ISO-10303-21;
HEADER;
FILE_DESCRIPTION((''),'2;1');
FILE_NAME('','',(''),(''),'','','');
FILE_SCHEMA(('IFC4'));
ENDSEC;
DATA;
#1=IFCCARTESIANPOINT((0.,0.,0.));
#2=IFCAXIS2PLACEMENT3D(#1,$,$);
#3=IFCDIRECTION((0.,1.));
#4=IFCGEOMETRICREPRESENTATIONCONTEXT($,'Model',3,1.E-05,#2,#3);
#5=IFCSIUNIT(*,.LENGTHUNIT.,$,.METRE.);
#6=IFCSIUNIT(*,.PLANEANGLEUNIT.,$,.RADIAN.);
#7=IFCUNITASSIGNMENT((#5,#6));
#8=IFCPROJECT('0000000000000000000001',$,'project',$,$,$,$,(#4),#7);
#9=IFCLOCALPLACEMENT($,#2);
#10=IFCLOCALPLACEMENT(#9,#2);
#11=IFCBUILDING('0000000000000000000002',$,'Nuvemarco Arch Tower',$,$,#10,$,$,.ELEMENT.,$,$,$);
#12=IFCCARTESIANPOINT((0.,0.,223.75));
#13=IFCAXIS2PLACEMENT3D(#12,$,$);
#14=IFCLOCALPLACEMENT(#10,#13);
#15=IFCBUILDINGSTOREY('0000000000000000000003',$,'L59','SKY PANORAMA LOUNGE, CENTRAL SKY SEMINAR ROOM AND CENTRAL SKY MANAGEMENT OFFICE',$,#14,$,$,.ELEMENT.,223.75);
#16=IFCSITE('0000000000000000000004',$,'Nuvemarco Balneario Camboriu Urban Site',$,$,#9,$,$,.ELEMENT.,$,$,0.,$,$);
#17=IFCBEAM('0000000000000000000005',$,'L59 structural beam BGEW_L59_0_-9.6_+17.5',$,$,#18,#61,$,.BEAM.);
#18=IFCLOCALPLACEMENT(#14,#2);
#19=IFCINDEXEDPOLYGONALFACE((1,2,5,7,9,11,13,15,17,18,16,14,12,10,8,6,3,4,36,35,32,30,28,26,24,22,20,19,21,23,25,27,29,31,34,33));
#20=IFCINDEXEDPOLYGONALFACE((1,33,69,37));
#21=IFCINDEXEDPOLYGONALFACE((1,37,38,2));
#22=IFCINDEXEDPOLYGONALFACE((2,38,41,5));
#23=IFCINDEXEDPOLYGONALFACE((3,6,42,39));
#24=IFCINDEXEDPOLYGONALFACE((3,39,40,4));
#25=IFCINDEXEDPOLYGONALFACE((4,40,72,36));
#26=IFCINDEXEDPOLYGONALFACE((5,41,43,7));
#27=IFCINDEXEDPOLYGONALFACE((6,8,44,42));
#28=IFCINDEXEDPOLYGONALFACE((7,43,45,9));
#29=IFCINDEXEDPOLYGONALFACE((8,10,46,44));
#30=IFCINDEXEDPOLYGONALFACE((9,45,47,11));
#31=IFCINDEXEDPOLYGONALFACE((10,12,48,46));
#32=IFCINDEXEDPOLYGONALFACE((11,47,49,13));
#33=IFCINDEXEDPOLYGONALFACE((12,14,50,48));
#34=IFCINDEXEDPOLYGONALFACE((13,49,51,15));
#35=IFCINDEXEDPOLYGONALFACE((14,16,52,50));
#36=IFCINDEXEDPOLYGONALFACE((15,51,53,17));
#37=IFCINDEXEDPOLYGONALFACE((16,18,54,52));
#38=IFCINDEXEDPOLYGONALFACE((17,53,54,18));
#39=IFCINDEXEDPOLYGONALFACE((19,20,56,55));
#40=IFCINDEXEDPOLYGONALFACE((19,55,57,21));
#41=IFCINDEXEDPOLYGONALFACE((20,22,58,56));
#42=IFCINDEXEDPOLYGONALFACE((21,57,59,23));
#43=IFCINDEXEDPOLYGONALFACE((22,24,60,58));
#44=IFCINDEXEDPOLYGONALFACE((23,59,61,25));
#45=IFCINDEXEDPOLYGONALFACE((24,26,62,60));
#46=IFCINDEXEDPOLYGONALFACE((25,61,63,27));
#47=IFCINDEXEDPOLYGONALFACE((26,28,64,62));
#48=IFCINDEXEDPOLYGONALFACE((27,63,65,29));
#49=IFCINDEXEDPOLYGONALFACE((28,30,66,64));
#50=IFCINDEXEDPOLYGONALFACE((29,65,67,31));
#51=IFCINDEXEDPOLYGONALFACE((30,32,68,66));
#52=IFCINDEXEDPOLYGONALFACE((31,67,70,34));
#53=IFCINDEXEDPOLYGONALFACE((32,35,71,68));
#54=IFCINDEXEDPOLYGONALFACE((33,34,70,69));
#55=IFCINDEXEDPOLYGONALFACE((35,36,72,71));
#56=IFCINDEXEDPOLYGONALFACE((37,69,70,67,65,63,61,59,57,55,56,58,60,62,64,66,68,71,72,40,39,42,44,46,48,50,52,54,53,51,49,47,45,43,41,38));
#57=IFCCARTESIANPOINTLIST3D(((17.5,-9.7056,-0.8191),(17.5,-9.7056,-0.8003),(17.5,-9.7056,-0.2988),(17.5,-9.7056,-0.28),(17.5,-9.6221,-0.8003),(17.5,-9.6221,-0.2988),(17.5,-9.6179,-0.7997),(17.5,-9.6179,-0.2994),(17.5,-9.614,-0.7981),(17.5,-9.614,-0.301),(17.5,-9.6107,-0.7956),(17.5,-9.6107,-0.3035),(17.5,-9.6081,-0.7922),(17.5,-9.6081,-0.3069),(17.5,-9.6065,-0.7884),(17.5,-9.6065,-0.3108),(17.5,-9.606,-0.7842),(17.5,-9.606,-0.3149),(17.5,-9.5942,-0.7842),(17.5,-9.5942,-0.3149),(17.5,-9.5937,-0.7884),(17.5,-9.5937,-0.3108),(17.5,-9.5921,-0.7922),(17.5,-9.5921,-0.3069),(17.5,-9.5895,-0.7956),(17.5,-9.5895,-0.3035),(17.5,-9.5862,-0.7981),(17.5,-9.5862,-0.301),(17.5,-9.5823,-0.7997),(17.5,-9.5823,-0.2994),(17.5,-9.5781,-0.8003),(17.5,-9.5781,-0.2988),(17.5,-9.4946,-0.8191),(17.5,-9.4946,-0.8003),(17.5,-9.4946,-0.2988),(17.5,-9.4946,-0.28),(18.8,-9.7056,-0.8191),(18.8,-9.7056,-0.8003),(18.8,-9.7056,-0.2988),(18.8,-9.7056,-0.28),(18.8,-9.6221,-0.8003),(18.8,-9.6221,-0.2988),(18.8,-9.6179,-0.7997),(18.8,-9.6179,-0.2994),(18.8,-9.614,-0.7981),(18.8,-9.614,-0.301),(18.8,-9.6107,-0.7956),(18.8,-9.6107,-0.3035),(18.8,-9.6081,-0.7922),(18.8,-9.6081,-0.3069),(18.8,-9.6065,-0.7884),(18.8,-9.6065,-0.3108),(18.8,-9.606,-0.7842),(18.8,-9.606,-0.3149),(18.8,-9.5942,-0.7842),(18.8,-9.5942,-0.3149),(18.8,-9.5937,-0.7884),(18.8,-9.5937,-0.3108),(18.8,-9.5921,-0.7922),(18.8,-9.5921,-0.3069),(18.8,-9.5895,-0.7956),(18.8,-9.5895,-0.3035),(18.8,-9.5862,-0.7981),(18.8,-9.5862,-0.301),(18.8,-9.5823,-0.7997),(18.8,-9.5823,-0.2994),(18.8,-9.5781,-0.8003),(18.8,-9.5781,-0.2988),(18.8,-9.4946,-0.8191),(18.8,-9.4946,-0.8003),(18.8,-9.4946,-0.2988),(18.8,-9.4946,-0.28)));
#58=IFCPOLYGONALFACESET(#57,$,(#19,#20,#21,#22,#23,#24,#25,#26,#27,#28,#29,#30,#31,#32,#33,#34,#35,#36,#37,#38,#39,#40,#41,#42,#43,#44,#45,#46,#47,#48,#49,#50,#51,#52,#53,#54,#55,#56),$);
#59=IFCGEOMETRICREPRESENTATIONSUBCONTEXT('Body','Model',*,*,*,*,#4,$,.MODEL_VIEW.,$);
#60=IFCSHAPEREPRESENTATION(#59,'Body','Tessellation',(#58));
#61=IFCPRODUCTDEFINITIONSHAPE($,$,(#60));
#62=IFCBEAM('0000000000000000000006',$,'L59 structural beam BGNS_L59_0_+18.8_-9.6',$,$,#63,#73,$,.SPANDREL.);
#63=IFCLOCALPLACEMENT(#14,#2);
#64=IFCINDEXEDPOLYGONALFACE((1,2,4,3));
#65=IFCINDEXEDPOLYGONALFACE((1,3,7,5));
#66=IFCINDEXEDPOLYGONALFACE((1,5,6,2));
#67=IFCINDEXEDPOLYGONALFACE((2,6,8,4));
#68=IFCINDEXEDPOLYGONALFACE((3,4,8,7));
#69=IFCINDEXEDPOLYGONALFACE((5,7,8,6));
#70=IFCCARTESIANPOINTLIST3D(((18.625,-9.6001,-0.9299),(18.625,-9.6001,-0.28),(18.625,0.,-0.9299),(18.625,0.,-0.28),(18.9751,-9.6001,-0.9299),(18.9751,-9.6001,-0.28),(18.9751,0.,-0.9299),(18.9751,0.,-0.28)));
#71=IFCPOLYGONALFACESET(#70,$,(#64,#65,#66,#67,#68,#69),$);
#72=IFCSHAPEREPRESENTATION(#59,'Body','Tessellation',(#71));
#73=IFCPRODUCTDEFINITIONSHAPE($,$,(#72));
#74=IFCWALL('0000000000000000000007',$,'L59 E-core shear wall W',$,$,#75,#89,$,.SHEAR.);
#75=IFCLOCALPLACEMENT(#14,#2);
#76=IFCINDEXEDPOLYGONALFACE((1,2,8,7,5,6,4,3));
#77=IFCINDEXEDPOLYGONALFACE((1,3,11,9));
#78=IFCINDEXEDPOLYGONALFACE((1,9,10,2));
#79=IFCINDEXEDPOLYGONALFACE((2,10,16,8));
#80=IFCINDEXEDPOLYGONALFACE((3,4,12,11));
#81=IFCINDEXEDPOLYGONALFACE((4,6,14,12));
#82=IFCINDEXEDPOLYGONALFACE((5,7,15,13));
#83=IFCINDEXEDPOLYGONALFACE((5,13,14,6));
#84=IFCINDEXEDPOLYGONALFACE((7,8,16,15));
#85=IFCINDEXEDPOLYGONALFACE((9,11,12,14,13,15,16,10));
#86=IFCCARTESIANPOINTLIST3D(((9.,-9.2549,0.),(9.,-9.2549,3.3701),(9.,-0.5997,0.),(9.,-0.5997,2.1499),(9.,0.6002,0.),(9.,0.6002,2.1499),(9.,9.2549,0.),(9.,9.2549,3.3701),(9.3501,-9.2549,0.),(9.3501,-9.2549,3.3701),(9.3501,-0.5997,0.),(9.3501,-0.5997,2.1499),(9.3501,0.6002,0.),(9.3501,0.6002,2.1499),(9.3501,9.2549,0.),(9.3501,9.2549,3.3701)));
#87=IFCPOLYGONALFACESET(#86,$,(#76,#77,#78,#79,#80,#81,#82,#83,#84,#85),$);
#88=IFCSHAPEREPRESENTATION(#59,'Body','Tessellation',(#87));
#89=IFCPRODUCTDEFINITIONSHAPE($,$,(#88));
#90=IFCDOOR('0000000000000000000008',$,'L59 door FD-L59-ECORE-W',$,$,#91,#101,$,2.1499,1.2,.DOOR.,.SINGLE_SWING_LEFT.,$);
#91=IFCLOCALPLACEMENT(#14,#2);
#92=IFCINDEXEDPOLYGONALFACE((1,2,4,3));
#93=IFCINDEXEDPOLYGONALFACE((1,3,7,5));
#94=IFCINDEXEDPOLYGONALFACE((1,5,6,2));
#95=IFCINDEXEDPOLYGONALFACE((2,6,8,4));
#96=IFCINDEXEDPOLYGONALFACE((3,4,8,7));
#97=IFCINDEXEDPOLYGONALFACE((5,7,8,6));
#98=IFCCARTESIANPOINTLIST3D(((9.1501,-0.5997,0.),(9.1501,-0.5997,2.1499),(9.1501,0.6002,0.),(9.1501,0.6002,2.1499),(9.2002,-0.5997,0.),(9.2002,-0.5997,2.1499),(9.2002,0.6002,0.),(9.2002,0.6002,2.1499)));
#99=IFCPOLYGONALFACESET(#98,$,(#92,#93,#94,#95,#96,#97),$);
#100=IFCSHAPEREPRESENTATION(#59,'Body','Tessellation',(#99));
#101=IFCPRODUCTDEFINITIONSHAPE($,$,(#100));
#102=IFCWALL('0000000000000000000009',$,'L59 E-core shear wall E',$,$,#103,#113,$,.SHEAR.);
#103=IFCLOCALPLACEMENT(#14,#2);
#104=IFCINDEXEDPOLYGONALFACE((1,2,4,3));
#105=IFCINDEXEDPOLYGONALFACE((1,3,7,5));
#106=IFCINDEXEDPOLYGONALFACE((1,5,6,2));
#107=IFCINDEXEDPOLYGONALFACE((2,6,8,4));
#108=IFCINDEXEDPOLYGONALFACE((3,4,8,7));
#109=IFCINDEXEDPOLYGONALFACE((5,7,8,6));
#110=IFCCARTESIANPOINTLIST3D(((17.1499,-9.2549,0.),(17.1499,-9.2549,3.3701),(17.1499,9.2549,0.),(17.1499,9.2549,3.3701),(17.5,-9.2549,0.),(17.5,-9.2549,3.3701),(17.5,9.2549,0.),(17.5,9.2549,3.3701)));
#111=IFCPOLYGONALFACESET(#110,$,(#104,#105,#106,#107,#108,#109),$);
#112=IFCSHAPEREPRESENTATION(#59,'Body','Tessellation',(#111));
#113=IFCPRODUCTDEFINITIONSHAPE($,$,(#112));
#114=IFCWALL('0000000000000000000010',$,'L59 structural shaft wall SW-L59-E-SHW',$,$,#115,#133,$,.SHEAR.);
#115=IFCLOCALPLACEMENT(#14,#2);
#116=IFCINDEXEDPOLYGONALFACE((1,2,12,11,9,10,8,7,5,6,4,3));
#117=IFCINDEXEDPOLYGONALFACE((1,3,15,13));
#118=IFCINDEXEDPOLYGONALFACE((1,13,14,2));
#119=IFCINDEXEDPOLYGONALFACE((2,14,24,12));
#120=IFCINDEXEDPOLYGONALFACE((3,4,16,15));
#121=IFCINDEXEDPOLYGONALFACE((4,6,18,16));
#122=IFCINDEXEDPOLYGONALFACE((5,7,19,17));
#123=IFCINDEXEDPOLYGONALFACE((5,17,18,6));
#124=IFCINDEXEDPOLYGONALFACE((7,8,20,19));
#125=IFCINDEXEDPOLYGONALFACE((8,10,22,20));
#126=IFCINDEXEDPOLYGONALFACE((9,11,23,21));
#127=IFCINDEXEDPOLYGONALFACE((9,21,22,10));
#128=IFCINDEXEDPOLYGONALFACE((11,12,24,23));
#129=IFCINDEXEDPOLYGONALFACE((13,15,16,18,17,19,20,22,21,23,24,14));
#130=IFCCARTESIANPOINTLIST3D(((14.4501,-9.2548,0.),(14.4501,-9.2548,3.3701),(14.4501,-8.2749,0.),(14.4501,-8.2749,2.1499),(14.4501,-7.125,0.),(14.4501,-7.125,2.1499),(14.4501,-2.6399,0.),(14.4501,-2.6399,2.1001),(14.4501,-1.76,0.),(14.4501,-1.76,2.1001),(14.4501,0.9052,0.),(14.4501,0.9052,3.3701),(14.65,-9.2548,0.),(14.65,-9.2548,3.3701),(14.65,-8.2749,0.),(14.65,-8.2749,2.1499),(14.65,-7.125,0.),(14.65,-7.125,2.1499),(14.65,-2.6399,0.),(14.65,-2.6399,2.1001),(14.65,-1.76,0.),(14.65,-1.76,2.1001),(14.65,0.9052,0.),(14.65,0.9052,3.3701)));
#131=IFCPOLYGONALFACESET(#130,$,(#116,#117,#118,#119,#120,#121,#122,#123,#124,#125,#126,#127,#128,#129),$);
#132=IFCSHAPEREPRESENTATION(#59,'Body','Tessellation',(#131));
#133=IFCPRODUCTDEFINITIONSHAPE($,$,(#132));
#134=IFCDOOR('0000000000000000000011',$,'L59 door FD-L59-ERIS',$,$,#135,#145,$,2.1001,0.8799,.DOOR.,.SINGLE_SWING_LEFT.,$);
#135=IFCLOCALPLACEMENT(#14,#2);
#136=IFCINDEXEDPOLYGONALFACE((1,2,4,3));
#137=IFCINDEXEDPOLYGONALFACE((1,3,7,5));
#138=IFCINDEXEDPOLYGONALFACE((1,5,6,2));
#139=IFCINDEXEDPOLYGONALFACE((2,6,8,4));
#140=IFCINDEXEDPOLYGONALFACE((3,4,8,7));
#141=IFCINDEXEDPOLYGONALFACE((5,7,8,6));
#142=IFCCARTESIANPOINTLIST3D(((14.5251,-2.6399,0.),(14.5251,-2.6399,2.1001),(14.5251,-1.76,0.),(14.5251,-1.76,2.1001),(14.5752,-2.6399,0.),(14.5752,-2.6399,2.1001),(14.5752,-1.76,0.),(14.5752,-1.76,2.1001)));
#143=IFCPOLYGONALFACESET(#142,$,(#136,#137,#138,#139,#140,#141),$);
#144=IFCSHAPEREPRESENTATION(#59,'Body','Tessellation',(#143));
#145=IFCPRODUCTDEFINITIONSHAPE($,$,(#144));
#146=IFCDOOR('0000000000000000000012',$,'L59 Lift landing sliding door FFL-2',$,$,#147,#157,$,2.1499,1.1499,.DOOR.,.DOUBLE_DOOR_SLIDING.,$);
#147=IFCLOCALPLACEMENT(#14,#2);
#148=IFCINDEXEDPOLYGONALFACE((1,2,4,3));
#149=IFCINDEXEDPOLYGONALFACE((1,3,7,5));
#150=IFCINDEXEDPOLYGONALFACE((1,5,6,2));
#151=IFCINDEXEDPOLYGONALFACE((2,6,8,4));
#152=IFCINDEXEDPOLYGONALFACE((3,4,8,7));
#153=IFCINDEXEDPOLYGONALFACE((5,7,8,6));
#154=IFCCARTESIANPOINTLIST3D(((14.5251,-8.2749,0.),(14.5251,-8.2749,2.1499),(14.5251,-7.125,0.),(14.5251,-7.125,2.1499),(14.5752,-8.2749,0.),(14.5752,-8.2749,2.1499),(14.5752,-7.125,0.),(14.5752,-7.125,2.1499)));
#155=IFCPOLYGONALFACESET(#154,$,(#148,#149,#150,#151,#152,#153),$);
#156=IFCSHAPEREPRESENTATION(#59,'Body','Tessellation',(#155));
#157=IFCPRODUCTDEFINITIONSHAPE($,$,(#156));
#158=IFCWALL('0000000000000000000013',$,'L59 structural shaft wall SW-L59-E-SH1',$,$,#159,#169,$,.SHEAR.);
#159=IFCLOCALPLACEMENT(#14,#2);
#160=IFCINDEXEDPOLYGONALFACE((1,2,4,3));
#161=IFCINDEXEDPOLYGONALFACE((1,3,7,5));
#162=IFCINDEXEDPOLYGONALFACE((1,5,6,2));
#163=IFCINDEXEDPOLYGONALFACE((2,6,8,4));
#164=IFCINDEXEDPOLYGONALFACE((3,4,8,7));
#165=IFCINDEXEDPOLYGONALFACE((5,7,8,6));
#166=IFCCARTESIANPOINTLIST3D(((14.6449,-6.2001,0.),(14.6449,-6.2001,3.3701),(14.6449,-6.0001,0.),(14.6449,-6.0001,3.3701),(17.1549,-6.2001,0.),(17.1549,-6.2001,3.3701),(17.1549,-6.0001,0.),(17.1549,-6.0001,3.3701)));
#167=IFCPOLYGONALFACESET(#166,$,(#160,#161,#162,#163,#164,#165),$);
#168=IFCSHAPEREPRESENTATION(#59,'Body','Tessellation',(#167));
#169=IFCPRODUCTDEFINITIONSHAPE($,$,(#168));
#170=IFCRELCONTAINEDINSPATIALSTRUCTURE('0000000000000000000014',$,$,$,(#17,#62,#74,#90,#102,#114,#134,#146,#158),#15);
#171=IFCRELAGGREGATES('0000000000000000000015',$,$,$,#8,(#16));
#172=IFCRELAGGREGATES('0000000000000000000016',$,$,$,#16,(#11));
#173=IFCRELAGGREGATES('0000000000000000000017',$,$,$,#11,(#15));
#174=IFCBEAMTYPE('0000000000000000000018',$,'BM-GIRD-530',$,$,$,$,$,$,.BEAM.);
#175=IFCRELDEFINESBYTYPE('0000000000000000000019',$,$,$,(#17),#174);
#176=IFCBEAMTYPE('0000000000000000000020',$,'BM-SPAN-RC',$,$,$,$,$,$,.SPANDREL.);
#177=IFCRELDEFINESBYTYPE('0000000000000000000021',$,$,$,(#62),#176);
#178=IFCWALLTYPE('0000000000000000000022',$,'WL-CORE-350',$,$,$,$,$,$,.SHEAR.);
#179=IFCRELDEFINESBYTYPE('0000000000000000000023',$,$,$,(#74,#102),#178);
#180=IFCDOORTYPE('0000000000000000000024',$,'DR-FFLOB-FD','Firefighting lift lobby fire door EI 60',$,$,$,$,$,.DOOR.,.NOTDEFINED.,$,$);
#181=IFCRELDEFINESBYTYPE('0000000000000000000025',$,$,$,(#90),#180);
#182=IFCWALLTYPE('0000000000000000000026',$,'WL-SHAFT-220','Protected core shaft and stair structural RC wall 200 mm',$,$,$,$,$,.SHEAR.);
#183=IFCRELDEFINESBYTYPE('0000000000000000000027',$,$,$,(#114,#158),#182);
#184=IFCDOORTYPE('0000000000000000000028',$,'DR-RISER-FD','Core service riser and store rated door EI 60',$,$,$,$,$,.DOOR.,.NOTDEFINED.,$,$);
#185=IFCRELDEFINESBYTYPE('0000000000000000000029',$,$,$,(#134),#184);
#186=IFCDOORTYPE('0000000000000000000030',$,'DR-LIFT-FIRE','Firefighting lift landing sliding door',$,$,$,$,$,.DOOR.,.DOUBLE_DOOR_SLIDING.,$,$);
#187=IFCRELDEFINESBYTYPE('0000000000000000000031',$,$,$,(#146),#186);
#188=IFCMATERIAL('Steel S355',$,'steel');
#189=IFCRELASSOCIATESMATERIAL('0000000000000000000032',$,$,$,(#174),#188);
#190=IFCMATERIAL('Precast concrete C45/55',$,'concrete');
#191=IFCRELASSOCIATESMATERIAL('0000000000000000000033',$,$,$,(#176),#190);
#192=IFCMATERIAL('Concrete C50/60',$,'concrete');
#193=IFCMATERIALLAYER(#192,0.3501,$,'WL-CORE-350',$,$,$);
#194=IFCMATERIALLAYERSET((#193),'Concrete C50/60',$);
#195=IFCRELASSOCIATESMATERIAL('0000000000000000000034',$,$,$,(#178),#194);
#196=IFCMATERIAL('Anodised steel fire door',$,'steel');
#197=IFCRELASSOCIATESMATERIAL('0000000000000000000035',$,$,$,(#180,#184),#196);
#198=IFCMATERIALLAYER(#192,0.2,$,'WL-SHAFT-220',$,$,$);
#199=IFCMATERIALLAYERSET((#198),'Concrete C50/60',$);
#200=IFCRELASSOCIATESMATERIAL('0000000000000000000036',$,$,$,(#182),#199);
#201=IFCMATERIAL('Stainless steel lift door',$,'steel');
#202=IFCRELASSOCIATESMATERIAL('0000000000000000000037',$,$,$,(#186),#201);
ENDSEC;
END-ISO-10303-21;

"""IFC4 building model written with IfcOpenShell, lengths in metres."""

from ifc_helpers import new_model, si_unit, direction, frame, frame_2d, origin, origin_2d, place, context, subcontext, project, spatial, rectangle, i_section, extrude, source, transform, mapped, material, layer, layer_set, material_profile, profile_set, type_object, type_shapes, element, fill, save


model = new_model("IFC4")

# Units and contexts
model_context = context("Model", 3, precision=1e-05, world=origin(), true_north=direction((0.0, 1.0)))
body_context = subcontext(model_context, "Body", "Model", "MODEL_VIEW")
ifc_project = project(units=[si_unit("LENGTHUNIT", "METRE"), si_unit("PLANEANGLEUNIT", "RADIAN")], contexts=[model_context])

# Site, building, storey
site_placement = place(None, origin())
site = spatial("IfcSite", under=ifc_project, at=site_placement, Name="Nuvemarco Balneario Camboriu Urban Site", CompositionType="ELEMENT", RefElevation=0.0)
building_placement = place(site_placement, origin())
building = spatial("IfcBuilding", under=site, at=building_placement, Name="Nuvemarco Arch Tower", CompositionType="ELEMENT")
storey_placement = place(building_placement, frame((0.0, 0.0, 223.75)))
storey = spatial("IfcBuildingStorey", under=building, at=storey_placement, Name="L59", Description="SKY PANORAMA LOUNGE, CENTRAL SKY SEMINAR ROOM AND CENTRAL SKY MANAGEMENT OFFICE", CompositionType="ELEMENT", Elevation=223.75)

# Shared definitions
ifc_material_1 = material(Name="Concrete C50/60", Category="concrete")
ifc_material_2 = material(Name="Steel S355", Category="steel")

# Beams
ifc_material_profile_1 = material_profile(ifc_material_2, i_section(OverallWidth=0.2109, OverallDepth=0.5391, WebThickness=0.0117, FlangeThickness=0.0188, FilletRadius=0.0161, at=origin_2d()), Name="W530x109")
ifc_profile_set_1 = profile_set([ifc_material_profile_1], Name="Steel S355")
beam_type_1 = type_object("IfcBeamType", Name="BM-GIRD-530", PredefinedType="BEAM", material=ifc_profile_set_1)
beam_1_placement = place(storey_placement, frame((17.5, -9.6001, -0.5496), z_axis=(1.0, 0.0, 0.0), x_axis=(0.0, 1.0, 0.0)))
element("IfcBeam", 1, at=beam_1_placement, inside=storey, type_object=beam_type_1, Name="L59 structural beam BGEW_L59_0_-9.6_+17.5", PredefinedType="BEAM", context=body_context, shape_type="SweptSolid", body=[
    extrude(i_section(OverallWidth=0.2109, OverallDepth=0.5391, WebThickness=0.0117, FlangeThickness=0.0188, FilletRadius=0.0161, at=origin_2d()), origin(), (0.0, 0.0, 1.0), 1.3),
])
ifc_material_3 = material(Name="Precast concrete C45/55", Category="concrete")
ifc_material_profile_2 = material_profile(ifc_material_3, rectangle(XDim=0.3501, YDim=0.6499, at=origin_2d()), Name="PC-SP-350x650")
ifc_profile_set_2 = profile_set([ifc_material_profile_2], Name="Precast concrete C45/55")
beam_type_2 = type_object("IfcBeamType", Name="BM-SPAN-RC", PredefinedType="SPANDREL", material=ifc_profile_set_2)
beam_2_placement = place(storey_placement, frame((18.8, -9.6001, -0.605), z_axis=(0.0, 1.0, 0.0), x_axis=(-1.0, 0.0, 0.0)))
element("IfcBeam", 2, at=beam_2_placement, inside=storey, type_object=beam_type_2, Name="L59 structural beam BGNS_L59_0_+18.8_-9.6", PredefinedType="SPANDREL", context=body_context, shape_type="SweptSolid", body=[
    extrude(rectangle(XDim=0.3501, YDim=0.6499, at=origin_2d()), origin(), (0.0, 0.0, 1.0), 9.6001),
])

# Wall, opening, door
ifc_layer_1 = layer(ifc_material_1, 0.3501, Name="WL-CORE-350")
ifc_layer_set_1 = layer_set([ifc_layer_1], Name="Concrete C50/60")
wall_type_1 = type_object("IfcWallType", Name="WL-CORE-350", PredefinedType="SHEAR", material=ifc_layer_set_1)
wall_1_placement = place(storey_placement, frame((9.175, -9.2549, 0.0), z_axis=(0.0, 0.0, 1.0), x_axis=(0.0, 1.0, 0.0)))
wall_1 = element("IfcWall", 3, at=wall_1_placement, inside=storey, type_object=wall_type_1, Name="L59 E-core shear wall W", PredefinedType="SHEAR", context=body_context, shape_type="SweptSolid", body=[
    extrude(rectangle(XDim=18.5098, YDim=0.3501, at=frame_2d((9.2549, 0.0))), origin(), (0.0, 0.0, 1.0), 3.3701),
])
opening_1_placement = place(wall_1_placement, frame((8.655, 0.0, 0.0)))
opening_1 = element("IfcOpeningElement", 4, at=opening_1_placement, cuts=wall_1, PredefinedType="OPENING", context=body_context, shape_type="SweptSolid", body=[
    extrude(rectangle(XDim=1.2, YDim=2.1499, at=frame_2d((0.6001, 1.075))), frame((0.0, 0.1851, 0.0), z_axis=(0.0, -1.0, 0.0), x_axis=(1.0, 0.0, 0.0)), (0.0, 0.0, 1.0), 0.3701),
])
ifc_material_4 = material(Name="Anodised steel fire door", Category="steel")
door_type_1 = type_object("IfcDoorType", Name="DR-FFLOB-FD", Description="Firefighting lift lobby fire door EI 60", OperationType="NOTDEFINED", PredefinedType="DOOR", material=ifc_material_4)
shared_shape_1 = source(origin(), body_context, "Body", "SweptSolid", [
    extrude(rectangle(XDim=1.2, YDim=2.1499, at=frame_2d((0.6001, 1.075))), frame((0.0, 0.0249, 0.0), z_axis=(0.0, -1.0, 0.0), x_axis=(1.0, 0.0, 0.0)), (0.0, 0.0, 1.0), 0.05),
])
type_shapes(door_type_1, [shared_shape_1])
door_1_placement = place(opening_1_placement, origin())
door_1 = element("IfcDoor", 5, at=door_1_placement, inside=storey, type_object=door_type_1, Name="L59 door FD-L59-ECORE-W", OperationType="SINGLE_SWING_LEFT", OverallHeight=2.1499, OverallWidth=1.2, PredefinedType="DOOR", context=body_context, shape_type="MappedRepresentation", body=[
    mapped(shared_shape_1, transform((0.0, 0.0, 0.0), scale=1.0)),
])
fill(opening_1, door_1)

# Wall
wall_2_placement = place(storey_placement, frame((17.325, -9.2549, 0.0), z_axis=(0.0, 0.0, 1.0), x_axis=(0.0, 1.0, 0.0)))
element("IfcWall", 6, at=wall_2_placement, inside=storey, type_object=wall_type_1, Name="L59 E-core shear wall E", PredefinedType="SHEAR", context=body_context, shape_type="SweptSolid", body=[
    extrude(rectangle(XDim=18.5098, YDim=0.3501, at=frame_2d((9.2549, 0.0))), origin(), (0.0, 0.0, 1.0), 3.3701),
])

# Wall, openings, doors
ifc_layer_2 = layer(ifc_material_1, 0.2, Name="WL-SHAFT-220")
ifc_layer_set_2 = layer_set([ifc_layer_2], Name="Concrete C50/60")
wall_type_2 = type_object("IfcWallType", Name="WL-SHAFT-220", Description="Protected core shaft and stair structural RC wall 200 mm", PredefinedType="SHEAR", material=ifc_layer_set_2)
wall_3_placement = place(storey_placement, frame((14.55, -9.2549, 0.0), z_axis=(0.0, 0.0, 1.0), x_axis=(0.0, 1.0, 0.0)))
wall_3 = element("IfcWall", 7, at=wall_3_placement, inside=storey, type_object=wall_type_2, Name="L59 structural shaft wall SW-L59-E-SHW", PredefinedType="SHEAR", context=body_context, shape_type="SweptSolid", body=[
    extrude(rectangle(XDim=10.1599, YDim=0.2, at=frame_2d((5.0801, 0.0))), origin(), (0.0, 0.0, 1.0), 3.3701),
])
opening_2_placement = place(wall_3_placement, frame((6.615, 0.0, 0.0)))
opening_2 = element("IfcOpeningElement", 8, at=opening_2_placement, cuts=wall_3, PredefinedType="OPENING", context=body_context, shape_type="SweptSolid", body=[
    extrude(rectangle(XDim=0.8799, YDim=2.1001, at=frame_2d((0.4399, 1.05))), frame((0.0, 0.1099, 0.0), z_axis=(0.0, -1.0, 0.0), x_axis=(1.0, 0.0, 0.0)), (0.0, 0.0, 1.0), 0.22),
])
opening_3_placement = place(wall_3_placement, frame((0.98, 0.0, 0.0)))
opening_3 = element("IfcOpeningElement", 9, at=opening_3_placement, cuts=wall_3, PredefinedType="OPENING", context=body_context, shape_type="SweptSolid", body=[
    extrude(rectangle(XDim=1.1499, YDim=2.1499, at=frame_2d((0.575, 1.075))), frame((0.0, 0.1099, 0.0), z_axis=(0.0, -1.0, 0.0), x_axis=(1.0, 0.0, 0.0)), (0.0, 0.0, 1.0), 0.22),
])
door_type_2 = type_object("IfcDoorType", Name="DR-RISER-FD", Description="Core service riser and store rated door EI 60", OperationType="NOTDEFINED", PredefinedType="DOOR", material=ifc_material_4)
shared_shape_2 = source(origin(), body_context, "Body", "SweptSolid", [
    extrude(rectangle(XDim=0.8799, YDim=2.1001, at=frame_2d((0.4399, 1.05))), frame((0.0, 0.0249, 0.0), z_axis=(0.0, -1.0, 0.0), x_axis=(1.0, 0.0, 0.0)), (0.0, 0.0, 1.0), 0.05),
])
type_shapes(door_type_2, [shared_shape_2])
door_2_placement = place(opening_2_placement, origin())
door_2 = element("IfcDoor", 10, at=door_2_placement, inside=storey, type_object=door_type_2, Name="L59 door FD-L59-ERIS", OperationType="SINGLE_SWING_LEFT", OverallHeight=2.1001, OverallWidth=0.8799, PredefinedType="DOOR", context=body_context, shape_type="MappedRepresentation", body=[
    mapped(shared_shape_2, transform((0.0, 0.0, 0.0), scale=1.0)),
])
fill(opening_2, door_2)
ifc_material_5 = material(Name="Stainless steel lift door", Category="steel")
door_type_3 = type_object("IfcDoorType", Name="DR-LIFT-FIRE", Description="Firefighting lift landing sliding door", OperationType="DOUBLE_DOOR_SLIDING", PredefinedType="DOOR", material=ifc_material_5)
shared_shape_3 = source(origin(), body_context, "Body", "SweptSolid", [
    extrude(rectangle(XDim=1.1499, YDim=2.1499, at=frame_2d((0.575, 1.075))), frame((0.0, 0.0249, 0.0), z_axis=(0.0, -1.0, 0.0), x_axis=(1.0, 0.0, 0.0)), (0.0, 0.0, 1.0), 0.05),
])
type_shapes(door_type_3, [shared_shape_3])
door_3_placement = place(opening_3_placement, origin())
door_3 = element("IfcDoor", 11, at=door_3_placement, inside=storey, type_object=door_type_3, Name="L59 Lift landing sliding door FFL-2", OperationType="DOUBLE_DOOR_SLIDING", OverallHeight=2.1499, OverallWidth=1.1499, PredefinedType="DOOR", context=body_context, shape_type="MappedRepresentation", body=[
    mapped(shared_shape_3, transform((0.0, 0.0, 0.0), scale=1.0)),
])
fill(opening_3, door_3)

# Wall
wall_4_placement = place(storey_placement, frame((14.645, -6.1001, 0.0), z_axis=(0.0, 0.0, 1.0), x_axis=(1.0, 0.0, 0.0)))
element("IfcWall", 12, at=wall_4_placement, inside=storey, type_object=wall_type_2, Name="L59 structural shaft wall SW-L59-E-SH1", PredefinedType="SHEAR", context=body_context, shape_type="SweptSolid", body=[
    extrude(rectangle(XDim=2.51, YDim=0.2, at=frame_2d((1.2549, 0.0))), origin(), (0.0, 0.0, 1.0), 3.3701),
])

save(model, "model.ifc")
